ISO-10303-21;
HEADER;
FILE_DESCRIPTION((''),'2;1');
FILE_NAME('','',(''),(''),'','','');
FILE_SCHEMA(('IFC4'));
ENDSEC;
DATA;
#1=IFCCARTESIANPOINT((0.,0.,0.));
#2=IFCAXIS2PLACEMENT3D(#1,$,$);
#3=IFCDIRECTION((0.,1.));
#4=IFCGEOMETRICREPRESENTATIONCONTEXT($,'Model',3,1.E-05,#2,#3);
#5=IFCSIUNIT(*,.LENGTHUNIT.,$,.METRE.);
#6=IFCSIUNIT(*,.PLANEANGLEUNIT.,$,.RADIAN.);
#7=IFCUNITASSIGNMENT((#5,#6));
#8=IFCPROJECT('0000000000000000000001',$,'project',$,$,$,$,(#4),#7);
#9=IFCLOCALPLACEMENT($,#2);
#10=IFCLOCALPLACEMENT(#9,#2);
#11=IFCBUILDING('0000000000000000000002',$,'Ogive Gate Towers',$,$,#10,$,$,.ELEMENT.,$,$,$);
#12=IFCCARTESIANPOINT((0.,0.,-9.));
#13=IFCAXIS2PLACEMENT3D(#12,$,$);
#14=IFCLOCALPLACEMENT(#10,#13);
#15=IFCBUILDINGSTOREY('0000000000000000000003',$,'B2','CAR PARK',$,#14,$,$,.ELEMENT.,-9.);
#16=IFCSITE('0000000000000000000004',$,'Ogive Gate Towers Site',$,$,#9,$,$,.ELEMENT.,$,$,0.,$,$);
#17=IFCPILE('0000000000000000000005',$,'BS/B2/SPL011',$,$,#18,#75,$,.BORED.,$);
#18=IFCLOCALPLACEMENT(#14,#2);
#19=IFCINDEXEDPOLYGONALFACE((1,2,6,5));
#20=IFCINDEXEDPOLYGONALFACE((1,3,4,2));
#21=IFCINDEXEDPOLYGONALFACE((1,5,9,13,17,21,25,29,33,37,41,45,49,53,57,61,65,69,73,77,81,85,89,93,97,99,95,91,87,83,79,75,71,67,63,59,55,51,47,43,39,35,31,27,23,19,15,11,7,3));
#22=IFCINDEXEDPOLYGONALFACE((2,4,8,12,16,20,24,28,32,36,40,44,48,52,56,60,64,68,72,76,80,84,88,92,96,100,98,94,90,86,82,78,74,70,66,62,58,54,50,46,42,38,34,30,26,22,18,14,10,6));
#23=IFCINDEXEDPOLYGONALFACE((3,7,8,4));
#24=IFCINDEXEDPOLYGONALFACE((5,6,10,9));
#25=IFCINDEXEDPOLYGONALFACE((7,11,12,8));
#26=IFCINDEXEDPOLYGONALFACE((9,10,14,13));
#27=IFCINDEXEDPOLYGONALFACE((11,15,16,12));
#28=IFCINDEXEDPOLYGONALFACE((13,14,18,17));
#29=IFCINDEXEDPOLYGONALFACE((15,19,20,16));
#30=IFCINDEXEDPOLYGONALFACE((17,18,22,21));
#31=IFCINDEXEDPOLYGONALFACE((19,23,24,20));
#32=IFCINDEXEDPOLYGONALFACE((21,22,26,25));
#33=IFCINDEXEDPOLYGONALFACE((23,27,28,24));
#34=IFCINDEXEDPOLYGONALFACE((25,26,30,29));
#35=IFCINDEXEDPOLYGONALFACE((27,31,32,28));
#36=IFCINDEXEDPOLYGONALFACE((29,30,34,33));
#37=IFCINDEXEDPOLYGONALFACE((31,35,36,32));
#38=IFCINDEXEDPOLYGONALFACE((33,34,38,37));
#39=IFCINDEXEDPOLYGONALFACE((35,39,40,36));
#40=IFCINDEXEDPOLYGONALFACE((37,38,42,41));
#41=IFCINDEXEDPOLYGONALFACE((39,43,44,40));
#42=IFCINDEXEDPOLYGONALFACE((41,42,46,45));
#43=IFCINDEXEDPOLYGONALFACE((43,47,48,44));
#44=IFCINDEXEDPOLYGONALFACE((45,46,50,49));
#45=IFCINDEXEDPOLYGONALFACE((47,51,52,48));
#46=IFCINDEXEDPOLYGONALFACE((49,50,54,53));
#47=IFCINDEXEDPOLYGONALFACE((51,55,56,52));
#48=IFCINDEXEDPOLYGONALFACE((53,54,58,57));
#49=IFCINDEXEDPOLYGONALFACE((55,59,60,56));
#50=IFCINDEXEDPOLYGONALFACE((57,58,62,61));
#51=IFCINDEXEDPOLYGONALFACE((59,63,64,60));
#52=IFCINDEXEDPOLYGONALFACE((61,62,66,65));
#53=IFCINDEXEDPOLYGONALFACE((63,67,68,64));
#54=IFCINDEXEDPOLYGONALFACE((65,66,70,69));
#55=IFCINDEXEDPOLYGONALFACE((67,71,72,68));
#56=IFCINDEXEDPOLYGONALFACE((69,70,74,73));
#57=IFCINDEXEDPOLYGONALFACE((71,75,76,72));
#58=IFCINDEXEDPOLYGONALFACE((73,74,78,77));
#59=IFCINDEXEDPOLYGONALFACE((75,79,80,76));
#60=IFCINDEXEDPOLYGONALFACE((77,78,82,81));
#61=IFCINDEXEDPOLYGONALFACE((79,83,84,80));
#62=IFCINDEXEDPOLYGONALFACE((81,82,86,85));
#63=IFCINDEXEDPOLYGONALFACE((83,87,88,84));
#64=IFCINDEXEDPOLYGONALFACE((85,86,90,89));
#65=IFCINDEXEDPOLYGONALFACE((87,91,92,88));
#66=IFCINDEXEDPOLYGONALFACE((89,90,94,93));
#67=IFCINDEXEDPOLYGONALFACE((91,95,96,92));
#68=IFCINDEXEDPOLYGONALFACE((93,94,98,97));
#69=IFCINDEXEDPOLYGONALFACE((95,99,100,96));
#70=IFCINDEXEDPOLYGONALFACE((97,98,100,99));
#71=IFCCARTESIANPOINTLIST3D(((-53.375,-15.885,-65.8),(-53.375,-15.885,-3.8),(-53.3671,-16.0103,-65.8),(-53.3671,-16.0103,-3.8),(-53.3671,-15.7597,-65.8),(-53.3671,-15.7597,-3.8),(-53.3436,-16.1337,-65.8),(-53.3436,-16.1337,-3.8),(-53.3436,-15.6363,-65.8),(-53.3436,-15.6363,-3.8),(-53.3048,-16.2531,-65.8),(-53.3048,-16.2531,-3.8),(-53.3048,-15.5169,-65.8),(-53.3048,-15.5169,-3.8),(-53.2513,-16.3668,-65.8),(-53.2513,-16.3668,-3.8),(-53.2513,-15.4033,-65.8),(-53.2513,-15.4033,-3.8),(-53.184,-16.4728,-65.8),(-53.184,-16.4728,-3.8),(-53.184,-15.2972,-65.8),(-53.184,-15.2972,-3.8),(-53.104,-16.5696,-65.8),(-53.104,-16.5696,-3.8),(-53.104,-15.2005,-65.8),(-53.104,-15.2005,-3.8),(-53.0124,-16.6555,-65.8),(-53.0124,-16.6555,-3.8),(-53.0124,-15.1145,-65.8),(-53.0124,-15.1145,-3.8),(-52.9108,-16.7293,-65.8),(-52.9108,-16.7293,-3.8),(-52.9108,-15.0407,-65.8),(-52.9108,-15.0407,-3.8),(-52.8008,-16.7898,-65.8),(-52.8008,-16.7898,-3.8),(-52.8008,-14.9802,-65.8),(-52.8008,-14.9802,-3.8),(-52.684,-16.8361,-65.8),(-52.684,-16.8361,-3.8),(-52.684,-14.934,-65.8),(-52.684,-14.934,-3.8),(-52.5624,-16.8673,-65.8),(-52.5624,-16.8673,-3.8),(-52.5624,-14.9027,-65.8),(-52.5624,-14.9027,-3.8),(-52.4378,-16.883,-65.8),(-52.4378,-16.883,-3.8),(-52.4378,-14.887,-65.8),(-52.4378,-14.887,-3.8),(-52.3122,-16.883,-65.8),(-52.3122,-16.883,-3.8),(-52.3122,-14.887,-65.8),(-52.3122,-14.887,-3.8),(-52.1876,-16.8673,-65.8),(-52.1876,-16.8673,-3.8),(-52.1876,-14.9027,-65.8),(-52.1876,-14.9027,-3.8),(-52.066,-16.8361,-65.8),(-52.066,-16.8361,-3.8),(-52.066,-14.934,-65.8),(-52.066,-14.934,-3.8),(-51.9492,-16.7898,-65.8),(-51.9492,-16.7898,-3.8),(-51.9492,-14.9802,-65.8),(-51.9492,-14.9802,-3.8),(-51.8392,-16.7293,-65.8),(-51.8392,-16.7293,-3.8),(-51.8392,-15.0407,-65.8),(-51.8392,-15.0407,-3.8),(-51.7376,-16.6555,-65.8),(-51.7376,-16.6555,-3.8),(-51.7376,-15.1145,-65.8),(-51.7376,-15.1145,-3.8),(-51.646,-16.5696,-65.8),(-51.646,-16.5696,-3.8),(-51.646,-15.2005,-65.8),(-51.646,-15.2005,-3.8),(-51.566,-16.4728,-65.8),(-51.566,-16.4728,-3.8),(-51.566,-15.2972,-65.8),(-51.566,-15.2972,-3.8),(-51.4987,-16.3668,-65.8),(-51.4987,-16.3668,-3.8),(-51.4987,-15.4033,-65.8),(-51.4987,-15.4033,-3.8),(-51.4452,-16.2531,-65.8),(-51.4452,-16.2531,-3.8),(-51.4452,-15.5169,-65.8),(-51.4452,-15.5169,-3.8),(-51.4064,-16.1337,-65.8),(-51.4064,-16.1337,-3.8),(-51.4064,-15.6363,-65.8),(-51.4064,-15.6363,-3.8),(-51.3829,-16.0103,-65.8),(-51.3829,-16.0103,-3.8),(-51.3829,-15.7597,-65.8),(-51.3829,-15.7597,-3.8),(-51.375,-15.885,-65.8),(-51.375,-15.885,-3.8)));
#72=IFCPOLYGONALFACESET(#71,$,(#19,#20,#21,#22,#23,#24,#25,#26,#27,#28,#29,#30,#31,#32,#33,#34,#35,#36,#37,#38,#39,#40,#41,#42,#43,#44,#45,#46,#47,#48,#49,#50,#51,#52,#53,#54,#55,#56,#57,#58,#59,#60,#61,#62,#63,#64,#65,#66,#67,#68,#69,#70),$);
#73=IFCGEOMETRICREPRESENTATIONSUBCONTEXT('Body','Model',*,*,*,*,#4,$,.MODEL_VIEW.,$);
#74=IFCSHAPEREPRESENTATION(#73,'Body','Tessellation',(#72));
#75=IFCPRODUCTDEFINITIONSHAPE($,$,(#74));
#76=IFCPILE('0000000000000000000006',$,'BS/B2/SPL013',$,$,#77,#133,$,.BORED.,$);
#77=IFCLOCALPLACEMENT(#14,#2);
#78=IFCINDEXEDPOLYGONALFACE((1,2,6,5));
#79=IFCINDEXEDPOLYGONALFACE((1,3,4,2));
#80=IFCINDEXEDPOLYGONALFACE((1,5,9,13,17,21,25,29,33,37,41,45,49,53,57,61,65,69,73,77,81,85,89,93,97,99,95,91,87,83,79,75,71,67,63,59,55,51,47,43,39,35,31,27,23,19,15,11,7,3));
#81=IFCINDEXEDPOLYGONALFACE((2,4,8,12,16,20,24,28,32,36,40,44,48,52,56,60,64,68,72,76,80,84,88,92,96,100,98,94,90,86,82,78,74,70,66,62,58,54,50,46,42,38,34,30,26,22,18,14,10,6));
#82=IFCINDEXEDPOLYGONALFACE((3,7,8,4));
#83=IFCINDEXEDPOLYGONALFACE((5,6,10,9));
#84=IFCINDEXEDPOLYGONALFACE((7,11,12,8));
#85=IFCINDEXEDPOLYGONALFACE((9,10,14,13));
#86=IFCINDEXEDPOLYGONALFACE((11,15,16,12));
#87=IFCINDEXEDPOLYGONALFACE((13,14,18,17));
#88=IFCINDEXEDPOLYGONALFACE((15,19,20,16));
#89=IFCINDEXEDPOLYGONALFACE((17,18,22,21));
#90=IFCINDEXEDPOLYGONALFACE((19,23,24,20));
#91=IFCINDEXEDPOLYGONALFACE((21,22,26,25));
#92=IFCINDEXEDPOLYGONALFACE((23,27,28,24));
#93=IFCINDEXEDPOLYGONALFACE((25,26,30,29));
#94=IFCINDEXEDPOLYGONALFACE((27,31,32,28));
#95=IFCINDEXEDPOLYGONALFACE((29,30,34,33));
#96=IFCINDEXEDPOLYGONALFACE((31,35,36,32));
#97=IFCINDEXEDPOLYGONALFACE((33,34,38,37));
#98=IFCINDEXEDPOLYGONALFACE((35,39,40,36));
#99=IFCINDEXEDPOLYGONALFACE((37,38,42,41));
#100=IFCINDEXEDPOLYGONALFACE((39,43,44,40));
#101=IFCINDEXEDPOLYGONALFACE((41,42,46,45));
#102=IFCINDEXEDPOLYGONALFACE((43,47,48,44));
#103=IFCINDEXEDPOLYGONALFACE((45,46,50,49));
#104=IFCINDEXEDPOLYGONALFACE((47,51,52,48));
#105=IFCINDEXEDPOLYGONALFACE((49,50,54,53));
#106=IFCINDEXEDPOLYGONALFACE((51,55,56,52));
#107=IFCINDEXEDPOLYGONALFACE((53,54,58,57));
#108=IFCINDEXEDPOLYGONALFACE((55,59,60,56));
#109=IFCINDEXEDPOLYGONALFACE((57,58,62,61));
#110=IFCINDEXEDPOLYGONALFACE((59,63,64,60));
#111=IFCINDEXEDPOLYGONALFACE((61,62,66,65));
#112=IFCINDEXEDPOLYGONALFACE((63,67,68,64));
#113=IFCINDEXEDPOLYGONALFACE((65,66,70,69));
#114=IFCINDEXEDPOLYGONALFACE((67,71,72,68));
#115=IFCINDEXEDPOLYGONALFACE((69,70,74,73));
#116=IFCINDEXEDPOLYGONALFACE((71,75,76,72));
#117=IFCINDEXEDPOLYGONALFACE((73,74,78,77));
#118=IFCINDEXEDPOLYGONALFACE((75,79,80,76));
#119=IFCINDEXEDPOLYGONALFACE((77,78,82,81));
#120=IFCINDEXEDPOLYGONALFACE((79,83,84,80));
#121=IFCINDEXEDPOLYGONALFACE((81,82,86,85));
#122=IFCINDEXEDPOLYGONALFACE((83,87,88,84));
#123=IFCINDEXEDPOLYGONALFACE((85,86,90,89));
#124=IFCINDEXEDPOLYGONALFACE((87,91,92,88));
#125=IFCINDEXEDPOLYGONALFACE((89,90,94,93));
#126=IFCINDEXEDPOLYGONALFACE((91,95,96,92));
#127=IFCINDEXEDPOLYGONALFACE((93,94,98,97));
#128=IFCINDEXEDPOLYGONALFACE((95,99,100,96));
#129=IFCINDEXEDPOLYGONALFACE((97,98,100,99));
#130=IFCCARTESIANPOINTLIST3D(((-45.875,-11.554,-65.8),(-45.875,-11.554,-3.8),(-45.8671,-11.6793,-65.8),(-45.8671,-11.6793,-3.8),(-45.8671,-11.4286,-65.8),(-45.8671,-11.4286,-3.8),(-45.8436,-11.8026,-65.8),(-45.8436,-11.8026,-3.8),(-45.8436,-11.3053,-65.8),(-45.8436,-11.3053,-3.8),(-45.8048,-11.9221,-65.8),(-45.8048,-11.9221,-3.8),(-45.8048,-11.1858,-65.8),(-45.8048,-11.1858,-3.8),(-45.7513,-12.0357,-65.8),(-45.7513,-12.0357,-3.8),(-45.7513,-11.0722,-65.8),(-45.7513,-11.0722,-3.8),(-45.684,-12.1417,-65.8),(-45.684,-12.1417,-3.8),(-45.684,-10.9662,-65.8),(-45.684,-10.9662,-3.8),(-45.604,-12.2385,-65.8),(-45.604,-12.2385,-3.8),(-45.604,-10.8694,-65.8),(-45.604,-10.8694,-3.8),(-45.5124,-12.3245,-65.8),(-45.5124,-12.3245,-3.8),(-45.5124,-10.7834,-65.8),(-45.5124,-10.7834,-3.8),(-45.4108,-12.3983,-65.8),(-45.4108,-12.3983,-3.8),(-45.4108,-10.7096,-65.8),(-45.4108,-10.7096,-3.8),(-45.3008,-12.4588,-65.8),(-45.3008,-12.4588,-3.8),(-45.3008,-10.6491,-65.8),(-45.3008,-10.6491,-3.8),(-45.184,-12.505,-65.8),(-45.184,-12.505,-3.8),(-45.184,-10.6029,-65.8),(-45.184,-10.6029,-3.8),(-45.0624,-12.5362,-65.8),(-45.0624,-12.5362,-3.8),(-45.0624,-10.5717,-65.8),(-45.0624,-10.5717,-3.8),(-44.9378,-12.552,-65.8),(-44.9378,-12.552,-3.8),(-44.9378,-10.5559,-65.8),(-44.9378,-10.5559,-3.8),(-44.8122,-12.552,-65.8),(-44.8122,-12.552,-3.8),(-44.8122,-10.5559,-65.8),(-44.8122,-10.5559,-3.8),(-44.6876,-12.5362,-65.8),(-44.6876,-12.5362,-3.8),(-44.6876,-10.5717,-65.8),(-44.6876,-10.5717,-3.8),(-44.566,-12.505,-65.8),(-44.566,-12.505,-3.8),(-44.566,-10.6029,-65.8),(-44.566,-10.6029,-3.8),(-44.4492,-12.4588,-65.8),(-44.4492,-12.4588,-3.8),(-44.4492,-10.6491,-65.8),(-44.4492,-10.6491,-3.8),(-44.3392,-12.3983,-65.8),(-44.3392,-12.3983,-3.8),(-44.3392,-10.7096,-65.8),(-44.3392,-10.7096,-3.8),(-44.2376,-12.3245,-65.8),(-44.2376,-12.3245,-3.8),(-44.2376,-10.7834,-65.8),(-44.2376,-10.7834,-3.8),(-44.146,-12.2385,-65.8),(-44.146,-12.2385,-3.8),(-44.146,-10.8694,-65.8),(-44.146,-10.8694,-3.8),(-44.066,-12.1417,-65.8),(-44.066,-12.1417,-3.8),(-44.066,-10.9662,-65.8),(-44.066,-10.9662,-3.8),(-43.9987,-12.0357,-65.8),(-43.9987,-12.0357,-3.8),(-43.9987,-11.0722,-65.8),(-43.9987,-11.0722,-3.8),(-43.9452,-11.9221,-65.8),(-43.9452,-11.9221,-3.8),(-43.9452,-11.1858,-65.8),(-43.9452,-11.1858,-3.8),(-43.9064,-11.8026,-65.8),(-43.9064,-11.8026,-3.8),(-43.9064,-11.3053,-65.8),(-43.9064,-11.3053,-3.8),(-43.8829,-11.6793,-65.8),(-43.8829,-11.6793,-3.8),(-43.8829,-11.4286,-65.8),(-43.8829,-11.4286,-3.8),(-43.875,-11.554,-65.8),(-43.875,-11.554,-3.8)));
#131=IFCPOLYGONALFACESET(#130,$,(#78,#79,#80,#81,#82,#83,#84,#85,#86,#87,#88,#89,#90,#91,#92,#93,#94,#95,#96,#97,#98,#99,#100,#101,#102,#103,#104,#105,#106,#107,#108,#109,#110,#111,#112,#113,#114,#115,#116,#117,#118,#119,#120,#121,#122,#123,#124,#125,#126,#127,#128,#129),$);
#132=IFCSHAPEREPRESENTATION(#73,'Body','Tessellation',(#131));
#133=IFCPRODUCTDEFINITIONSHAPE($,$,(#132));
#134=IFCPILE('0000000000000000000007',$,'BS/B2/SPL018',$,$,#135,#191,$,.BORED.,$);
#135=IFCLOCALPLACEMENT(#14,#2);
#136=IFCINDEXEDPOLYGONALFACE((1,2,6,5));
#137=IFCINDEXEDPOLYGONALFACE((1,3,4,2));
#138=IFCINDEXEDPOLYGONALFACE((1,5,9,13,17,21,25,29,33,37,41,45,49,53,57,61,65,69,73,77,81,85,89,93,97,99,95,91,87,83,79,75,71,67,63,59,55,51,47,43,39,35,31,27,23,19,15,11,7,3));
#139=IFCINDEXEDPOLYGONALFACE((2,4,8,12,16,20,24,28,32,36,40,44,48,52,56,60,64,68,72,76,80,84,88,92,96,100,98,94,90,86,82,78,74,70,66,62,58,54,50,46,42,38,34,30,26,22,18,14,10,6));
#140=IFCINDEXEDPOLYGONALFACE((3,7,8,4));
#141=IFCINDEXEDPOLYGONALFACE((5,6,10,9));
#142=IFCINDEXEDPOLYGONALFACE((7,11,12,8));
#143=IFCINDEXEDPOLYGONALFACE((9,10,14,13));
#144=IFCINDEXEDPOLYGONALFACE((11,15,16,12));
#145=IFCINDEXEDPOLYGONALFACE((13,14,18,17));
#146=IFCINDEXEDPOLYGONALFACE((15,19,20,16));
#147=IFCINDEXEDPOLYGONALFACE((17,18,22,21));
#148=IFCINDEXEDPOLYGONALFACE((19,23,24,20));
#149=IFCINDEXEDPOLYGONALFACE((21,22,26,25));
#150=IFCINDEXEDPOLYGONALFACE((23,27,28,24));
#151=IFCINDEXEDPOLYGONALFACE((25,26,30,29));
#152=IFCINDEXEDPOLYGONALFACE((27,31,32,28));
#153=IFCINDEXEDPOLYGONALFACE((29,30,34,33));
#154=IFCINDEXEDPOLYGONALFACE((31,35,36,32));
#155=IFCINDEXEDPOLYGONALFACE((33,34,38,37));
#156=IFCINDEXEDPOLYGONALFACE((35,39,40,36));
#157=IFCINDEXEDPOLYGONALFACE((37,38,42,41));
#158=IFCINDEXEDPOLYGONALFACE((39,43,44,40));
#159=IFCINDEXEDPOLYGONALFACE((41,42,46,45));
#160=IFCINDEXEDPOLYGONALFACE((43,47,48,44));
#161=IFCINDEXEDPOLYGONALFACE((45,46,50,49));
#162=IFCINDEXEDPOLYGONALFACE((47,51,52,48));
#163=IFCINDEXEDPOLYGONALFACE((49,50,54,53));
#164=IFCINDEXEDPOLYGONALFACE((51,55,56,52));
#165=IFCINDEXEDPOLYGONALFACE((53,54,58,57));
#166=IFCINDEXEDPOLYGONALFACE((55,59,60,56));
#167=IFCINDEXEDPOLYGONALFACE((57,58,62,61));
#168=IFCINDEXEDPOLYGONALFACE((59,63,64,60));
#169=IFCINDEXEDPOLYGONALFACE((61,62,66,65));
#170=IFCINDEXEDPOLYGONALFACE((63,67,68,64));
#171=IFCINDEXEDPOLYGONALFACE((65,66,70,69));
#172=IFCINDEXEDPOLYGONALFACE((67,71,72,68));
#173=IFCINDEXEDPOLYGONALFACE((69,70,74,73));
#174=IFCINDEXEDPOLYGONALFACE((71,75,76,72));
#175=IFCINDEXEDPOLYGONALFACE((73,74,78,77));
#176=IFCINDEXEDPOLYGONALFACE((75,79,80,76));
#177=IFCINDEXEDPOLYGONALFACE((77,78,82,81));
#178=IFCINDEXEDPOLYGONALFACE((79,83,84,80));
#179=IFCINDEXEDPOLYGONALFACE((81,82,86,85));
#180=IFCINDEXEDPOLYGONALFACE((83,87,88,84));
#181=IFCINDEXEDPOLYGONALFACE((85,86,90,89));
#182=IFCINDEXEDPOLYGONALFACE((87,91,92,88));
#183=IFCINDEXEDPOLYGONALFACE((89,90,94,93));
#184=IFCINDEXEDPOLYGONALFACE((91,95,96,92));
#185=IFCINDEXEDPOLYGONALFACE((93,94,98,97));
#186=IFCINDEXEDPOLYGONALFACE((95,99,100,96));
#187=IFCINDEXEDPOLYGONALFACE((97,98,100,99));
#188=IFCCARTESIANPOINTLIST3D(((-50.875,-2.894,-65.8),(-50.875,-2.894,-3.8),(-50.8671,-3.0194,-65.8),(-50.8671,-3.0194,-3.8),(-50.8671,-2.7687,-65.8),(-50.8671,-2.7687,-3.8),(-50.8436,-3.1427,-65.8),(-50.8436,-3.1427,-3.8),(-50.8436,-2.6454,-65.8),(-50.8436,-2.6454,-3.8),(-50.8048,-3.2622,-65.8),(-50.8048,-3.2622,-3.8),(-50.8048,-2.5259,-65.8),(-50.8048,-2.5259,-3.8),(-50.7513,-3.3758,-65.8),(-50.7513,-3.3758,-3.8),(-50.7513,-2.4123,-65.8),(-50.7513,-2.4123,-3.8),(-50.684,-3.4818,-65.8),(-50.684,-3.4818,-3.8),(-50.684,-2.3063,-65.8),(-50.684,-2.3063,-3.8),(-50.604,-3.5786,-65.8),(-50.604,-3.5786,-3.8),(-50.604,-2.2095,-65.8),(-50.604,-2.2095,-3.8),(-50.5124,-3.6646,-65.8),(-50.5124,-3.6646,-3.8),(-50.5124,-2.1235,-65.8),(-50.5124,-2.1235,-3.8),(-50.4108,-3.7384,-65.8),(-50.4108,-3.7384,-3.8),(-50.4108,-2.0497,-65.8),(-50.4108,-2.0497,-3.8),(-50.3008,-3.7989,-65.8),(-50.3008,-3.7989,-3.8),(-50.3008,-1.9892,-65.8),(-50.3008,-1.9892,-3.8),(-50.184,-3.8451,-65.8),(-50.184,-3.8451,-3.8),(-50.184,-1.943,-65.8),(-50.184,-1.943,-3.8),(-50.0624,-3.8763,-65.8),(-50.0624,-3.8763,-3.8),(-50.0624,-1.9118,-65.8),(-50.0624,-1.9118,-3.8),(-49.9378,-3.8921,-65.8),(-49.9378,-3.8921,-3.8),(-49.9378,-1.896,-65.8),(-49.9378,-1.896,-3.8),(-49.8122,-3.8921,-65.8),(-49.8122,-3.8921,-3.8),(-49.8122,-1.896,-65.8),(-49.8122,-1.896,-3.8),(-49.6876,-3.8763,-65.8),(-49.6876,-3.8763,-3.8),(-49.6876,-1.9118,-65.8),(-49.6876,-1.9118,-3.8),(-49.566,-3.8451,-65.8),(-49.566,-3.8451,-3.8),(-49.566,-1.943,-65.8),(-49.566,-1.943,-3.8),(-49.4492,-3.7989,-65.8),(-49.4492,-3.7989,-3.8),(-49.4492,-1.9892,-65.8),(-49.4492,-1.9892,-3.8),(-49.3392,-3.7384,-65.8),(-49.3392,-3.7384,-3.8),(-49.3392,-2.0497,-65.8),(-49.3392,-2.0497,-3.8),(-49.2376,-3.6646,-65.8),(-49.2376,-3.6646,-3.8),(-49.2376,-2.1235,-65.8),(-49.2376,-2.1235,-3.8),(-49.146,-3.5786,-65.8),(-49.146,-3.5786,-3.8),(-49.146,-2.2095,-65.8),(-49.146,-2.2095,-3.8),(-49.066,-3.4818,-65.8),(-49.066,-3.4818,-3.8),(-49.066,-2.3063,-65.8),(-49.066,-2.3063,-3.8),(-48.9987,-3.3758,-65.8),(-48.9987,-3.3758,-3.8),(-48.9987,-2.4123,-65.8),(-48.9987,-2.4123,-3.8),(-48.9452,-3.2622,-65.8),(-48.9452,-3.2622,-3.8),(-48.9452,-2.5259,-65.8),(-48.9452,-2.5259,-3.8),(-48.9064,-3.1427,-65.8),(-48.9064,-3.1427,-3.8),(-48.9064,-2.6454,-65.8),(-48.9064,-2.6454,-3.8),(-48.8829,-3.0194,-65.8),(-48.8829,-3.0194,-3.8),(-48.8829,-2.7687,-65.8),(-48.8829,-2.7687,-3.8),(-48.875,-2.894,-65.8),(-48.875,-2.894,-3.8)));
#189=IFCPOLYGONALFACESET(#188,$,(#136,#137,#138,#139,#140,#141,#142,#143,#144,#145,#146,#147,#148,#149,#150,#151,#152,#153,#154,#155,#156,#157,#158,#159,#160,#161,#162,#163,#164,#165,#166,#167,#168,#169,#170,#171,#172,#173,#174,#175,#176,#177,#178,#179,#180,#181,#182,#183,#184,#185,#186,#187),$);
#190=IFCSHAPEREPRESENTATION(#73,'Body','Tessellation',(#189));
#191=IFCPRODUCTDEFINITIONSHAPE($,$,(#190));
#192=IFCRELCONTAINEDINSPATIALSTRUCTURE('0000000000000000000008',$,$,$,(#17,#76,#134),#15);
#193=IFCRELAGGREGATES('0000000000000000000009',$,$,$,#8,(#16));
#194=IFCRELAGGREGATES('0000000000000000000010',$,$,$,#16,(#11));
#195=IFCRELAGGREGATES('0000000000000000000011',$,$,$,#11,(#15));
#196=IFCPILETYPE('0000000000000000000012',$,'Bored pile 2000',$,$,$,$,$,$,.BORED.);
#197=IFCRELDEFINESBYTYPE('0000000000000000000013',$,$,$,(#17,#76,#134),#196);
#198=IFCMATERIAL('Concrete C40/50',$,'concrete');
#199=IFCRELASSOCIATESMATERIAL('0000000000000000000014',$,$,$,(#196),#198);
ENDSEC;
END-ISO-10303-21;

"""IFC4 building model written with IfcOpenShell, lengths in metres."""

from ifc_helpers import new_model, si_unit, direction, frame, origin, origin_2d, place, context, subcontext, project, spatial, circle, extrude, material, material_profile, profile_set, type_object, element, save


model = new_model("IFC4")

# Units and contexts
model_context = context("Model", 3, precision=1e-05, world=origin(), true_north=direction((0.0, 1.0)))
body_context = subcontext(model_context, "Body", "Model", "MODEL_VIEW")
ifc_project = project(units=[si_unit("LENGTHUNIT", "METRE"), si_unit("PLANEANGLEUNIT", "RADIAN")], contexts=[model_context])

# Site, building, storey
site_placement = place(None, origin())
site = spatial("IfcSite", under=ifc_project, at=site_placement, Name="Ogive Gate Towers Site", CompositionType="ELEMENT", RefElevation=0.0)
building_placement = place(site_placement, origin())
building = spatial("IfcBuilding", under=site, at=building_placement, Name="Ogive Gate Towers", CompositionType="ELEMENT")
storey_placement = place(building_placement, frame((0.0, 0.0, -9.0)))
storey = spatial("IfcBuildingStorey", under=building, at=storey_placement, Name="B2", Description="CAR PARK", CompositionType="ELEMENT", Elevation=-9.0)

# Piles
ifc_material_1 = material(Name="Concrete C40/50", Category="concrete")
ifc_material_profile_1 = material_profile(ifc_material_1, circle(Radius=1.0, at=origin_2d()), Name="BP 2000")
ifc_profile_set_1 = profile_set([ifc_material_profile_1], Name="Concrete C40/50")
pile_type_1 = type_object("IfcPileType", Name="Bored pile 2000", PredefinedType="BORED", material=ifc_profile_set_1)
for number, where, z_axis, x_axis, name in (
    (1, (-52.375, -15.885, -3.8), (0.0, 0.0, -1.0), (1.0, 0.0, 0.0), "BS/B2/SPL011"),
    (2, (-44.875, -11.554, -3.8), (0.0, 0.0, -1.0), (1.0, 0.0, 0.0), "BS/B2/SPL013"),
    (3, (-49.875, -2.894, -3.8), (0.0, 0.0, -1.0), (1.0, 0.0, 0.0), "BS/B2/SPL018"),
):
    element("IfcPile", number, at=place(storey_placement, frame(where, z_axis=z_axis, x_axis=x_axis)), inside=storey, type_object=pile_type_1, Name=name, PredefinedType="BORED", context=body_context, shape_type="SweptSolid", body=[
        extrude(circle(Radius=1.0, at=origin_2d()), origin(), (0.0, 0.0, 1.0), 62.0),
    ])

save(model, "model.ifc")
